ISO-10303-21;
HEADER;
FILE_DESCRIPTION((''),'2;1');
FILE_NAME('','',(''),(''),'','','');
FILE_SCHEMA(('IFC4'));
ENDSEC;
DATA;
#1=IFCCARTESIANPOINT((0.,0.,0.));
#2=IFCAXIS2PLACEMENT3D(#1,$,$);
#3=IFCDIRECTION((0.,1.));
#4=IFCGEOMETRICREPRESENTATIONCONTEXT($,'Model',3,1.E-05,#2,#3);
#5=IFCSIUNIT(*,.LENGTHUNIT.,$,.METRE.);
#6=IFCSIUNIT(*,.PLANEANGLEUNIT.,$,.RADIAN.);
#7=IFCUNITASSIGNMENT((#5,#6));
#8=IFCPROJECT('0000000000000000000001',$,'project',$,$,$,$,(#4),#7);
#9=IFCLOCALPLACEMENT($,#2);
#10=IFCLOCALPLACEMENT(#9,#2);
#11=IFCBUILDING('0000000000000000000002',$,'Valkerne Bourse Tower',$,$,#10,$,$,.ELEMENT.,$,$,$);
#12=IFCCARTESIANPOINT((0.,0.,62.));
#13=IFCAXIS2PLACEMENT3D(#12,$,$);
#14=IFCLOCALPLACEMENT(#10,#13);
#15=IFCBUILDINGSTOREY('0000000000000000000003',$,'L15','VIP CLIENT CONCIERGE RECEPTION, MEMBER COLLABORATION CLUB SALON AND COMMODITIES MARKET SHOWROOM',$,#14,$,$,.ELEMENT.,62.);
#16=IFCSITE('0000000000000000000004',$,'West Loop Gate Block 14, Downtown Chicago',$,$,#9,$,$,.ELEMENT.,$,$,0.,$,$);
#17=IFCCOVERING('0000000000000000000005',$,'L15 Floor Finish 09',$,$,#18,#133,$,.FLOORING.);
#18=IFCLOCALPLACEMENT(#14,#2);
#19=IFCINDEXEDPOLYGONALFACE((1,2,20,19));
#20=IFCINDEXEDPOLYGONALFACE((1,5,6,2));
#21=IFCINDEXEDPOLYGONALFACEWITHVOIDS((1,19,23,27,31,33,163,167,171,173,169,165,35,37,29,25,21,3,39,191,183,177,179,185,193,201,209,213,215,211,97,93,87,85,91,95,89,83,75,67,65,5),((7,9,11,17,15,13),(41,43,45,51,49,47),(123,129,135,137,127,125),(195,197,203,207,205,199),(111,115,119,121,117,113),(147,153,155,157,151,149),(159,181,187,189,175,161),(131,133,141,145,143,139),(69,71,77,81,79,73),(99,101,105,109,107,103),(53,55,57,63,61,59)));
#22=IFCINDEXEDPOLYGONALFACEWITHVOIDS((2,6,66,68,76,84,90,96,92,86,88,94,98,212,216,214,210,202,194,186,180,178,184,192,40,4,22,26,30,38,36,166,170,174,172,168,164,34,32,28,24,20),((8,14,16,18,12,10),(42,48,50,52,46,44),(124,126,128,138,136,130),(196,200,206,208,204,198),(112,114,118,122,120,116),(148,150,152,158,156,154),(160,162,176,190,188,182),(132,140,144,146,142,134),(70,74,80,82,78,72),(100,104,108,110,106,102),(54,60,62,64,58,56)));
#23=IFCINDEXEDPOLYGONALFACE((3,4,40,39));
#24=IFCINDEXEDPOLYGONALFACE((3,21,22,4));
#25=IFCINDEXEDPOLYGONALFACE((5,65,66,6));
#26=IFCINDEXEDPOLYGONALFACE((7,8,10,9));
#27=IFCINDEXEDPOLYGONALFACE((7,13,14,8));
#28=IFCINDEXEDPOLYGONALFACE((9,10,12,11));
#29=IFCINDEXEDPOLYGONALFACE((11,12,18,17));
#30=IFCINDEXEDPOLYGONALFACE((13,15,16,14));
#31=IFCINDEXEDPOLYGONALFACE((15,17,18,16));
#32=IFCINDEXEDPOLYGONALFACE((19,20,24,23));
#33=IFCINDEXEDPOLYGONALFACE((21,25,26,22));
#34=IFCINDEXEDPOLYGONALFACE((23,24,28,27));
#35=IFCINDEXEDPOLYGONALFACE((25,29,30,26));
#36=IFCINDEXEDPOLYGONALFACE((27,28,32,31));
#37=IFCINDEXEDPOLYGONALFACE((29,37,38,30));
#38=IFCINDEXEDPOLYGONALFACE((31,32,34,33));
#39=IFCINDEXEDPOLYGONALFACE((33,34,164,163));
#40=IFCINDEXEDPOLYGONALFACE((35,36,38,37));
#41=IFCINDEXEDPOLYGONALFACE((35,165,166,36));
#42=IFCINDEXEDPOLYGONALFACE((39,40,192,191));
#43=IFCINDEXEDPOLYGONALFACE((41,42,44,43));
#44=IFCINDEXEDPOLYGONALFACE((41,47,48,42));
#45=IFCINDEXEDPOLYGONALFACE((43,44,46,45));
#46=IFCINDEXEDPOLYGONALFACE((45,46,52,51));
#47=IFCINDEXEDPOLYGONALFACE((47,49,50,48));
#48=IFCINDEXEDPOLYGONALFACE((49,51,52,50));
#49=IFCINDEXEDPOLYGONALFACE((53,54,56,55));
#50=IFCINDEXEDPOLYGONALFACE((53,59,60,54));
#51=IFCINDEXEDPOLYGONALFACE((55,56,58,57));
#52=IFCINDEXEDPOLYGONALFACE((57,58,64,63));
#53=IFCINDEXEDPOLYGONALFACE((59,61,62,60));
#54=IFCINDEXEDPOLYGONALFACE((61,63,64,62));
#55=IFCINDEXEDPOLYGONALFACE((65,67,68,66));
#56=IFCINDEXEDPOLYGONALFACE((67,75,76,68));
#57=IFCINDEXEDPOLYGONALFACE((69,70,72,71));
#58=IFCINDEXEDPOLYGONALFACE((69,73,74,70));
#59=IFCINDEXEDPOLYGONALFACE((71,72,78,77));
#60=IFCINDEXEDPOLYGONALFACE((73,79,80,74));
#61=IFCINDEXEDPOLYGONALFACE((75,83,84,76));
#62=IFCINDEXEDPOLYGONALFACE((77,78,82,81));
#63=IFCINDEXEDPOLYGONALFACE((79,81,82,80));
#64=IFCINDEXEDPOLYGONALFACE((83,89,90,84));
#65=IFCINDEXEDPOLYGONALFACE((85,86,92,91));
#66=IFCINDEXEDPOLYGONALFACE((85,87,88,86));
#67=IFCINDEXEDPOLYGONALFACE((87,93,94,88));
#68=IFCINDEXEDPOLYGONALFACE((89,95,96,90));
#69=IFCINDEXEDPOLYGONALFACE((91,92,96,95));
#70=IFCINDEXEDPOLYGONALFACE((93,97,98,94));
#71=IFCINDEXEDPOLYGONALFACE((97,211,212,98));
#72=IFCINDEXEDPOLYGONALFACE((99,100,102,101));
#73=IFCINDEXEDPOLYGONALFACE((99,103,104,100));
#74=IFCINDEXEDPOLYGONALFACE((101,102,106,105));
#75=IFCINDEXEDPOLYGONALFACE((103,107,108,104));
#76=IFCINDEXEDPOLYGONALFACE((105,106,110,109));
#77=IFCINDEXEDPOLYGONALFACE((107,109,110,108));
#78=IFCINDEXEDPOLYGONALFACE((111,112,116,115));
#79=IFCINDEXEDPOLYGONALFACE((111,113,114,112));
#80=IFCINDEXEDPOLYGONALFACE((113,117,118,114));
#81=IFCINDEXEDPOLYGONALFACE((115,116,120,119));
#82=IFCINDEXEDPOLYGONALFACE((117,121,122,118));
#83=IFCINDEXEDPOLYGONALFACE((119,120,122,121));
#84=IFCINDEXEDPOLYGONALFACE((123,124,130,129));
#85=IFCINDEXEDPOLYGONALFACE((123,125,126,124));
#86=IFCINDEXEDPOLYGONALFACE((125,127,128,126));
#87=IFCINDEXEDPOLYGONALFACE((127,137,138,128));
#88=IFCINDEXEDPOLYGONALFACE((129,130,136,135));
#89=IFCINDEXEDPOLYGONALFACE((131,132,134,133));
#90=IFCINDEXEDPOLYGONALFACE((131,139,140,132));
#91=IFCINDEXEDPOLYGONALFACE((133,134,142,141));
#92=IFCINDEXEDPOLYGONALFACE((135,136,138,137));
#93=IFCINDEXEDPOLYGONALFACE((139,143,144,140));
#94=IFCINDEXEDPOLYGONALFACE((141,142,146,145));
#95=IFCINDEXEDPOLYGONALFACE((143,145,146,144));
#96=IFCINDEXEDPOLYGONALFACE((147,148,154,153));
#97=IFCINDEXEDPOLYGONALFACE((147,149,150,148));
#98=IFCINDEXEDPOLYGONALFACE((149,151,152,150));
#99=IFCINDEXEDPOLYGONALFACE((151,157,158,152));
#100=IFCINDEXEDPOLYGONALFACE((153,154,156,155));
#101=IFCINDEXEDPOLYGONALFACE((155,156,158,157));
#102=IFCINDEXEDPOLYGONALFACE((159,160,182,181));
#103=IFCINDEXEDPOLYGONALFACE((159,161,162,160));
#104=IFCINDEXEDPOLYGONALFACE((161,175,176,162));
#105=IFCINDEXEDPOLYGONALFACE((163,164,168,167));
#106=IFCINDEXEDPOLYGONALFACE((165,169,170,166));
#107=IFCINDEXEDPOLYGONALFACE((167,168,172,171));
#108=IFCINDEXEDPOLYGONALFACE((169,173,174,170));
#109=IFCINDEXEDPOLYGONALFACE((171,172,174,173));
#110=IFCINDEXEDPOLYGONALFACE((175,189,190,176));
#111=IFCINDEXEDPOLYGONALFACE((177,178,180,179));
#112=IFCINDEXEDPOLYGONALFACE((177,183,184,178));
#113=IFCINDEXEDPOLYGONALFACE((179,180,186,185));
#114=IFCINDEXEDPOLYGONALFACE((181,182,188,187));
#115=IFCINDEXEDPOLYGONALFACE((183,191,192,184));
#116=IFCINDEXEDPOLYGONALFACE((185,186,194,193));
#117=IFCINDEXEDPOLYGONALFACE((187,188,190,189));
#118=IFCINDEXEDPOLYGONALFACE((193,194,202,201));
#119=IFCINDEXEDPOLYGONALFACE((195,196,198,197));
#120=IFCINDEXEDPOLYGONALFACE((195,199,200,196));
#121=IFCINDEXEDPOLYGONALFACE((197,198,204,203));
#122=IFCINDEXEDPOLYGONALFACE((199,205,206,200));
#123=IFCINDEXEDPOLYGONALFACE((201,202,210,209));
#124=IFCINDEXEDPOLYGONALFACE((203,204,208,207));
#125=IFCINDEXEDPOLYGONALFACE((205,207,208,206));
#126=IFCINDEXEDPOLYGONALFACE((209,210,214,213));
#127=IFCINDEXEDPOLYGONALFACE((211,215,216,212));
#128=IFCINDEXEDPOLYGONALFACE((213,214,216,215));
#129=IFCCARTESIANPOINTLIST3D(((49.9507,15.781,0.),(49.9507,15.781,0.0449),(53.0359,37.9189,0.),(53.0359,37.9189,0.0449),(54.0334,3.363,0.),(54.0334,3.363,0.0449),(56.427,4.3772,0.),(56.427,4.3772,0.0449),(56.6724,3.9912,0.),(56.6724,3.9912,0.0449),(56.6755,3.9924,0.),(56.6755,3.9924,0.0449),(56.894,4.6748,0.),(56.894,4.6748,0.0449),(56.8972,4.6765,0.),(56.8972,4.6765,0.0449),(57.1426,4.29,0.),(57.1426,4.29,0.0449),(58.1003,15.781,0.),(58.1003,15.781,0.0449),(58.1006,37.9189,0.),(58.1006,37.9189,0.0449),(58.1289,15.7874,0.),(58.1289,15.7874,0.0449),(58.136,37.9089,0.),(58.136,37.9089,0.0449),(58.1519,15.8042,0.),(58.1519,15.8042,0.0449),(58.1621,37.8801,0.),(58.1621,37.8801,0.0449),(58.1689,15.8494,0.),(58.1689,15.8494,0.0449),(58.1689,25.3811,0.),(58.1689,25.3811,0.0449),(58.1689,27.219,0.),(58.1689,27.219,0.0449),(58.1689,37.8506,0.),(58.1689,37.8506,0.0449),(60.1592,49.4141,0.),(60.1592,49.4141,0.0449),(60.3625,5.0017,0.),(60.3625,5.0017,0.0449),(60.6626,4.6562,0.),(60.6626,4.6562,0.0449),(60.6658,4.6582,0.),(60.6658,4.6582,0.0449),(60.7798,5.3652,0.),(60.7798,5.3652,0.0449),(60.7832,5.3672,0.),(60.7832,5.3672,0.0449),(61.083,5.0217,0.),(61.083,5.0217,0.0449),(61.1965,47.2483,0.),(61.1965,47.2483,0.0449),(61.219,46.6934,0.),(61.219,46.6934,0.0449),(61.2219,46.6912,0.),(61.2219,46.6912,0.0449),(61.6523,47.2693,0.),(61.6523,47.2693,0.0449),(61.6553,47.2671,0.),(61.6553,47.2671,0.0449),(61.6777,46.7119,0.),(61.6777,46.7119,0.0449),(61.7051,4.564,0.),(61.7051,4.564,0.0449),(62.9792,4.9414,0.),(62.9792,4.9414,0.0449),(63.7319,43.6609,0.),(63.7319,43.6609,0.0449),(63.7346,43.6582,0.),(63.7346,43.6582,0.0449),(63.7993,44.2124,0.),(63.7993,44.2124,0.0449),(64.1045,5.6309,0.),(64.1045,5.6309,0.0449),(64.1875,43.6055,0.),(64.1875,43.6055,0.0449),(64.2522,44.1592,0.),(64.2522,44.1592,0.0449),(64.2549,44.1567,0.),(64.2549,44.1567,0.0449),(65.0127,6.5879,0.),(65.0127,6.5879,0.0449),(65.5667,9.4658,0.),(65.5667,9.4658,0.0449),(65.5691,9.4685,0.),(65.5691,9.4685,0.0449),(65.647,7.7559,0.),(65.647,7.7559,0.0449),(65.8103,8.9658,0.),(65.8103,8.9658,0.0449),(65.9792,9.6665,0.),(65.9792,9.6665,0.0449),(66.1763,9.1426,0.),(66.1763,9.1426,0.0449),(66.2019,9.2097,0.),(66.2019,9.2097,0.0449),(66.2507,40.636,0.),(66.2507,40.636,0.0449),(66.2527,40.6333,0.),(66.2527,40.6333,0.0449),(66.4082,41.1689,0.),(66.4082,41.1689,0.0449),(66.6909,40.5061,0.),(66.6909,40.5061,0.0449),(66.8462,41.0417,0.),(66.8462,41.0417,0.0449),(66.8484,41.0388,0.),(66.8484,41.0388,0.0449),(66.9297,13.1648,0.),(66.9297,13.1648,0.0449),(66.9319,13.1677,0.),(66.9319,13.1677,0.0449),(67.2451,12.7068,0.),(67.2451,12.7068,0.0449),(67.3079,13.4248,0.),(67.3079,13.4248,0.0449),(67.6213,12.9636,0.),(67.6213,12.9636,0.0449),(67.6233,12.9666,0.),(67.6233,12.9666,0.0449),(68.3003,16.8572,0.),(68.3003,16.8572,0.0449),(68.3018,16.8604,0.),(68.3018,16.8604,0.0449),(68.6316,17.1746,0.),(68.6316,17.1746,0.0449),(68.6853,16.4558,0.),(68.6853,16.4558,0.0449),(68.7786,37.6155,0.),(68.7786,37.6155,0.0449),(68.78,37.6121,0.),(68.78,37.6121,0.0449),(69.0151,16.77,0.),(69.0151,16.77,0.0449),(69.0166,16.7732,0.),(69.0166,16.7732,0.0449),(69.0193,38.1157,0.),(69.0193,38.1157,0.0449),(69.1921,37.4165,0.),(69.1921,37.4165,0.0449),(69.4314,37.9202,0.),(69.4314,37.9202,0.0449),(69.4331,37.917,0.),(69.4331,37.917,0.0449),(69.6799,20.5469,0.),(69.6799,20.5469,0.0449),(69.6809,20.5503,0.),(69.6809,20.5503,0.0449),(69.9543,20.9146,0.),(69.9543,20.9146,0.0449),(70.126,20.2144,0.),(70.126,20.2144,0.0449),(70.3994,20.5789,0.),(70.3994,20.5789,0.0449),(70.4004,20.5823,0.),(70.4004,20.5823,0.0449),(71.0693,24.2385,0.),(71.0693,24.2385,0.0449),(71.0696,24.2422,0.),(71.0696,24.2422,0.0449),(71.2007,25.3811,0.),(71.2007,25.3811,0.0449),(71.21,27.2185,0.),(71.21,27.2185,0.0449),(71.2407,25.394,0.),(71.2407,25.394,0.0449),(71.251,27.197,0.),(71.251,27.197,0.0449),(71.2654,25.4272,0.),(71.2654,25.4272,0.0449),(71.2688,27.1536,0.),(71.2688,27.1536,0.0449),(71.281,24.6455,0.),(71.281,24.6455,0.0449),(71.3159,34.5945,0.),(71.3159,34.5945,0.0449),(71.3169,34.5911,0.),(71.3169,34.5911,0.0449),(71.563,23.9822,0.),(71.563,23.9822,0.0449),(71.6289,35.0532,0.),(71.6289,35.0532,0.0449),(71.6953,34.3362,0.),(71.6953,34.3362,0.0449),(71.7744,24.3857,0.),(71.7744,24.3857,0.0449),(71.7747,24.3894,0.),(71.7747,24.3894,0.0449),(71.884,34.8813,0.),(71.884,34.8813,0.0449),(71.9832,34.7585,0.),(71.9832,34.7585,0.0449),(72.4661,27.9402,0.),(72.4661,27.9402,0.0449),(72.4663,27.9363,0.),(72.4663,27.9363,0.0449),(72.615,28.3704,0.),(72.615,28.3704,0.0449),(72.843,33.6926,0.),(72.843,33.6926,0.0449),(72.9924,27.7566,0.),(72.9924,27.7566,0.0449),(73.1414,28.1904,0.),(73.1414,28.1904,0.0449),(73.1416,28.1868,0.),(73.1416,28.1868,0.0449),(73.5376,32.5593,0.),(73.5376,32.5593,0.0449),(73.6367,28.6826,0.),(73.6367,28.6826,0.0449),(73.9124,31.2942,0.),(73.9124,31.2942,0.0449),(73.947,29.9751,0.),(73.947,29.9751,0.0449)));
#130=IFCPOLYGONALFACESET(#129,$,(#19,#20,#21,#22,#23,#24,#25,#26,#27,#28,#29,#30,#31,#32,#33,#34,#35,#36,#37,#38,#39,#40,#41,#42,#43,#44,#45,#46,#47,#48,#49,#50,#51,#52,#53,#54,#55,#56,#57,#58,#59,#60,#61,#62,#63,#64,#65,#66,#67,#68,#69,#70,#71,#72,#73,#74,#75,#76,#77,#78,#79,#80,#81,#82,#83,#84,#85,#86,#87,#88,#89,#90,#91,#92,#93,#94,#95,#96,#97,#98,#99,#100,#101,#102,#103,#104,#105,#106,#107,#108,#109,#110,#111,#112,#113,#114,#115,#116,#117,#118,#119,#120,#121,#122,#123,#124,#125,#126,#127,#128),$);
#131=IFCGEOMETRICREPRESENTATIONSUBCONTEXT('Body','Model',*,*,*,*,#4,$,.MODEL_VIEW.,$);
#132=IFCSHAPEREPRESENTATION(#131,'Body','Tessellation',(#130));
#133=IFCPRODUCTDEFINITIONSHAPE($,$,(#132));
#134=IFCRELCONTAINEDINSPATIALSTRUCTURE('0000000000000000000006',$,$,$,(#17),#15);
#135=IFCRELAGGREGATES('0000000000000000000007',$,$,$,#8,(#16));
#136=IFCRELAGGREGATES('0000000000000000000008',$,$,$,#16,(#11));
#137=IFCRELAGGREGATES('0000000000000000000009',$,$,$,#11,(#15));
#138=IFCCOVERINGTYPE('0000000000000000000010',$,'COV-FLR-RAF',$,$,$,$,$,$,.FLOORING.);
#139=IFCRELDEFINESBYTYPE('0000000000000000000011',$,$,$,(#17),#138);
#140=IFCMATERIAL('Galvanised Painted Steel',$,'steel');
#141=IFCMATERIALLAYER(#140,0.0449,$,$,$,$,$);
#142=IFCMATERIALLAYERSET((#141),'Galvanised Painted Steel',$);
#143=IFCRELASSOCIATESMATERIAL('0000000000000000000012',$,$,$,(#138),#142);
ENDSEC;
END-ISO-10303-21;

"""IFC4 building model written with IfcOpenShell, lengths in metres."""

from ifc_helpers import new_model, si_unit, direction, frame, origin, place, context, subcontext, project, spatial, polyline, outline, extrude, material, layer, layer_set, type_object, element, save


model = new_model("IFC4")

# Units and contexts
model_context = context("Model", 3, precision=1e-05, world=origin(), true_north=direction((0.0, 1.0)))
body_context = subcontext(model_context, "Body", "Model", "MODEL_VIEW")
ifc_project = project(units=[si_unit("LENGTHUNIT", "METRE"), si_unit("PLANEANGLEUNIT", "RADIAN")], contexts=[model_context])

# Site, building, storey
site_placement = place(None, origin())
site = spatial("IfcSite", under=ifc_project, at=site_placement, Name="West Loop Gate Block 14, Downtown Chicago", CompositionType="ELEMENT", RefElevation=0.0)
building_placement = place(site_placement, origin())
building = spatial("IfcBuilding", under=site, at=building_placement, Name="Valkerne Bourse Tower", CompositionType="ELEMENT")
storey_placement = place(building_placement, frame((0.0, 0.0, 62.0)))
storey = spatial("IfcBuildingStorey", under=building, at=storey_placement, Name="L15", Description="VIP CLIENT CONCIERGE RECEPTION, MEMBER COLLABORATION CLUB SALON AND COMMODITIES MARKET SHOWROOM", CompositionType="ELEMENT", Elevation=62.0)

# Covering
ifc_material_1 = material(Name="Galvanised Painted Steel", Category="steel")
ifc_layer_1 = layer(ifc_material_1, 0.0449)
ifc_layer_set_1 = layer_set([ifc_layer_1], Name="Galvanised Painted Steel")
covering_type_1 = type_object("IfcCoveringType", Name="COV-FLR-RAF", PredefinedType="FLOORING", material=ifc_layer_set_1)
covering_1_placement = place(storey_placement, origin())
element("IfcCovering", 1, at=covering_1_placement, inside=storey, type_object=covering_type_1, Name="L15 Floor Finish 09", PredefinedType="FLOORING", context=body_context, shape_type="SweptSolid", body=[
    extrude(outline(polyline([(62.9792, 4.9414), (61.7051, 4.564), (54.0334, 3.363), (49.9507, 15.781), (58.1003, 15.781), (58.1289, 15.7874), (58.1519, 15.8042), (58.1689, 15.8494), (58.1689, 25.3811), (71.2007, 25.3811), (71.2407, 25.394), (71.2654, 25.4272), (71.2688, 27.1536), (71.251, 27.197), (71.21, 27.2185), (58.1689, 27.219), (58.1689, 37.8506), (58.1621, 37.8801), (58.136, 37.9089), (58.1006, 37.9189), (53.0359, 37.9189), (60.1592, 49.4141), (71.884, 34.8813), (71.6289, 35.0532), (71.3159, 34.5945), (71.3169, 34.5911), (71.6953, 34.3362), (71.9832, 34.7585), (72.843, 33.6926), (73.5376, 32.5593), (73.9124, 31.2942), (73.947, 29.9751), (73.6367, 28.6826), (66.2019, 9.2097), (65.9792, 9.6665), (65.5691, 9.4685), (65.5667, 9.4658), (65.8103, 8.9658), (66.1763, 9.1426), (65.647, 7.7559), (65.0127, 6.5879), (64.1045, 5.6309), (62.9792, 4.9414)]), holes=[polyline([(57.1426, 4.29), (56.8972, 4.6765), (56.894, 4.6748), (56.427, 4.3772), (56.6724, 3.9912), (56.6755, 3.9924), (57.1426, 4.29)]), polyline([(60.6658, 4.6582), (61.083, 5.0217), (60.7832, 5.3672), (60.7798, 5.3652), (60.3625, 5.0017), (60.6626, 4.6562), (60.6658, 4.6582)]), polyline([(67.6233, 12.9666), (67.3079, 13.4248), (66.9319, 13.1677), (66.9297, 13.1648), (67.2451, 12.7068), (67.6213, 12.9636), (67.6233, 12.9666)]), polyline([(69.0151, 16.77), (69.0166, 16.7732), (68.6316, 17.1746), (68.3018, 16.8604), (68.3003, 16.8572), (68.6853, 16.4558), (69.0151, 16.77)]), polyline([(70.3994, 20.5789), (70.4004, 20.5823), (69.9543, 20.9146), (69.6809, 20.5503), (69.6799, 20.5469), (70.126, 20.2144), (70.3994, 20.5789)]), polyline([(71.7747, 24.3894), (71.281, 24.6455), (71.0696, 24.2422), (71.0693, 24.2385), (71.563, 23.9822), (71.7744, 24.3857), (71.7747, 24.3894)]), polyline([(73.1416, 28.1868), (73.1414, 28.1904), (72.615, 28.3704), (72.4661, 27.9402), (72.4663, 27.9363), (72.9924, 27.7566), (73.1416, 28.1868)]), polyline([(69.4314, 37.9202), (69.0193, 38.1157), (68.7786, 37.6155), (68.78, 37.6121), (69.1921, 37.4165), (69.4331, 37.917), (69.4314, 37.9202)]), polyline([(66.8484, 41.0388), (66.8462, 41.0417), (66.4082, 41.1689), (66.2507, 40.636), (66.2527, 40.6333), (66.6909, 40.5061), (66.8484, 41.0388)]), polyline([(64.2549, 44.1567), (64.2522, 44.1592), (63.7993, 44.2124), (63.7319, 43.6609), (63.7346, 43.6582), (64.1875, 43.6055), (64.2549, 44.1567)]), polyline([(61.6553, 47.2671), (61.6523, 47.2693), (61.1965, 47.2483), (61.219, 46.6934), (61.2219, 46.6912), (61.6777, 46.7119), (61.6553, 47.2671)])]), origin(), (0.0, 0.0, 1.0), 0.0449),
])

save(model, "model.ifc")
